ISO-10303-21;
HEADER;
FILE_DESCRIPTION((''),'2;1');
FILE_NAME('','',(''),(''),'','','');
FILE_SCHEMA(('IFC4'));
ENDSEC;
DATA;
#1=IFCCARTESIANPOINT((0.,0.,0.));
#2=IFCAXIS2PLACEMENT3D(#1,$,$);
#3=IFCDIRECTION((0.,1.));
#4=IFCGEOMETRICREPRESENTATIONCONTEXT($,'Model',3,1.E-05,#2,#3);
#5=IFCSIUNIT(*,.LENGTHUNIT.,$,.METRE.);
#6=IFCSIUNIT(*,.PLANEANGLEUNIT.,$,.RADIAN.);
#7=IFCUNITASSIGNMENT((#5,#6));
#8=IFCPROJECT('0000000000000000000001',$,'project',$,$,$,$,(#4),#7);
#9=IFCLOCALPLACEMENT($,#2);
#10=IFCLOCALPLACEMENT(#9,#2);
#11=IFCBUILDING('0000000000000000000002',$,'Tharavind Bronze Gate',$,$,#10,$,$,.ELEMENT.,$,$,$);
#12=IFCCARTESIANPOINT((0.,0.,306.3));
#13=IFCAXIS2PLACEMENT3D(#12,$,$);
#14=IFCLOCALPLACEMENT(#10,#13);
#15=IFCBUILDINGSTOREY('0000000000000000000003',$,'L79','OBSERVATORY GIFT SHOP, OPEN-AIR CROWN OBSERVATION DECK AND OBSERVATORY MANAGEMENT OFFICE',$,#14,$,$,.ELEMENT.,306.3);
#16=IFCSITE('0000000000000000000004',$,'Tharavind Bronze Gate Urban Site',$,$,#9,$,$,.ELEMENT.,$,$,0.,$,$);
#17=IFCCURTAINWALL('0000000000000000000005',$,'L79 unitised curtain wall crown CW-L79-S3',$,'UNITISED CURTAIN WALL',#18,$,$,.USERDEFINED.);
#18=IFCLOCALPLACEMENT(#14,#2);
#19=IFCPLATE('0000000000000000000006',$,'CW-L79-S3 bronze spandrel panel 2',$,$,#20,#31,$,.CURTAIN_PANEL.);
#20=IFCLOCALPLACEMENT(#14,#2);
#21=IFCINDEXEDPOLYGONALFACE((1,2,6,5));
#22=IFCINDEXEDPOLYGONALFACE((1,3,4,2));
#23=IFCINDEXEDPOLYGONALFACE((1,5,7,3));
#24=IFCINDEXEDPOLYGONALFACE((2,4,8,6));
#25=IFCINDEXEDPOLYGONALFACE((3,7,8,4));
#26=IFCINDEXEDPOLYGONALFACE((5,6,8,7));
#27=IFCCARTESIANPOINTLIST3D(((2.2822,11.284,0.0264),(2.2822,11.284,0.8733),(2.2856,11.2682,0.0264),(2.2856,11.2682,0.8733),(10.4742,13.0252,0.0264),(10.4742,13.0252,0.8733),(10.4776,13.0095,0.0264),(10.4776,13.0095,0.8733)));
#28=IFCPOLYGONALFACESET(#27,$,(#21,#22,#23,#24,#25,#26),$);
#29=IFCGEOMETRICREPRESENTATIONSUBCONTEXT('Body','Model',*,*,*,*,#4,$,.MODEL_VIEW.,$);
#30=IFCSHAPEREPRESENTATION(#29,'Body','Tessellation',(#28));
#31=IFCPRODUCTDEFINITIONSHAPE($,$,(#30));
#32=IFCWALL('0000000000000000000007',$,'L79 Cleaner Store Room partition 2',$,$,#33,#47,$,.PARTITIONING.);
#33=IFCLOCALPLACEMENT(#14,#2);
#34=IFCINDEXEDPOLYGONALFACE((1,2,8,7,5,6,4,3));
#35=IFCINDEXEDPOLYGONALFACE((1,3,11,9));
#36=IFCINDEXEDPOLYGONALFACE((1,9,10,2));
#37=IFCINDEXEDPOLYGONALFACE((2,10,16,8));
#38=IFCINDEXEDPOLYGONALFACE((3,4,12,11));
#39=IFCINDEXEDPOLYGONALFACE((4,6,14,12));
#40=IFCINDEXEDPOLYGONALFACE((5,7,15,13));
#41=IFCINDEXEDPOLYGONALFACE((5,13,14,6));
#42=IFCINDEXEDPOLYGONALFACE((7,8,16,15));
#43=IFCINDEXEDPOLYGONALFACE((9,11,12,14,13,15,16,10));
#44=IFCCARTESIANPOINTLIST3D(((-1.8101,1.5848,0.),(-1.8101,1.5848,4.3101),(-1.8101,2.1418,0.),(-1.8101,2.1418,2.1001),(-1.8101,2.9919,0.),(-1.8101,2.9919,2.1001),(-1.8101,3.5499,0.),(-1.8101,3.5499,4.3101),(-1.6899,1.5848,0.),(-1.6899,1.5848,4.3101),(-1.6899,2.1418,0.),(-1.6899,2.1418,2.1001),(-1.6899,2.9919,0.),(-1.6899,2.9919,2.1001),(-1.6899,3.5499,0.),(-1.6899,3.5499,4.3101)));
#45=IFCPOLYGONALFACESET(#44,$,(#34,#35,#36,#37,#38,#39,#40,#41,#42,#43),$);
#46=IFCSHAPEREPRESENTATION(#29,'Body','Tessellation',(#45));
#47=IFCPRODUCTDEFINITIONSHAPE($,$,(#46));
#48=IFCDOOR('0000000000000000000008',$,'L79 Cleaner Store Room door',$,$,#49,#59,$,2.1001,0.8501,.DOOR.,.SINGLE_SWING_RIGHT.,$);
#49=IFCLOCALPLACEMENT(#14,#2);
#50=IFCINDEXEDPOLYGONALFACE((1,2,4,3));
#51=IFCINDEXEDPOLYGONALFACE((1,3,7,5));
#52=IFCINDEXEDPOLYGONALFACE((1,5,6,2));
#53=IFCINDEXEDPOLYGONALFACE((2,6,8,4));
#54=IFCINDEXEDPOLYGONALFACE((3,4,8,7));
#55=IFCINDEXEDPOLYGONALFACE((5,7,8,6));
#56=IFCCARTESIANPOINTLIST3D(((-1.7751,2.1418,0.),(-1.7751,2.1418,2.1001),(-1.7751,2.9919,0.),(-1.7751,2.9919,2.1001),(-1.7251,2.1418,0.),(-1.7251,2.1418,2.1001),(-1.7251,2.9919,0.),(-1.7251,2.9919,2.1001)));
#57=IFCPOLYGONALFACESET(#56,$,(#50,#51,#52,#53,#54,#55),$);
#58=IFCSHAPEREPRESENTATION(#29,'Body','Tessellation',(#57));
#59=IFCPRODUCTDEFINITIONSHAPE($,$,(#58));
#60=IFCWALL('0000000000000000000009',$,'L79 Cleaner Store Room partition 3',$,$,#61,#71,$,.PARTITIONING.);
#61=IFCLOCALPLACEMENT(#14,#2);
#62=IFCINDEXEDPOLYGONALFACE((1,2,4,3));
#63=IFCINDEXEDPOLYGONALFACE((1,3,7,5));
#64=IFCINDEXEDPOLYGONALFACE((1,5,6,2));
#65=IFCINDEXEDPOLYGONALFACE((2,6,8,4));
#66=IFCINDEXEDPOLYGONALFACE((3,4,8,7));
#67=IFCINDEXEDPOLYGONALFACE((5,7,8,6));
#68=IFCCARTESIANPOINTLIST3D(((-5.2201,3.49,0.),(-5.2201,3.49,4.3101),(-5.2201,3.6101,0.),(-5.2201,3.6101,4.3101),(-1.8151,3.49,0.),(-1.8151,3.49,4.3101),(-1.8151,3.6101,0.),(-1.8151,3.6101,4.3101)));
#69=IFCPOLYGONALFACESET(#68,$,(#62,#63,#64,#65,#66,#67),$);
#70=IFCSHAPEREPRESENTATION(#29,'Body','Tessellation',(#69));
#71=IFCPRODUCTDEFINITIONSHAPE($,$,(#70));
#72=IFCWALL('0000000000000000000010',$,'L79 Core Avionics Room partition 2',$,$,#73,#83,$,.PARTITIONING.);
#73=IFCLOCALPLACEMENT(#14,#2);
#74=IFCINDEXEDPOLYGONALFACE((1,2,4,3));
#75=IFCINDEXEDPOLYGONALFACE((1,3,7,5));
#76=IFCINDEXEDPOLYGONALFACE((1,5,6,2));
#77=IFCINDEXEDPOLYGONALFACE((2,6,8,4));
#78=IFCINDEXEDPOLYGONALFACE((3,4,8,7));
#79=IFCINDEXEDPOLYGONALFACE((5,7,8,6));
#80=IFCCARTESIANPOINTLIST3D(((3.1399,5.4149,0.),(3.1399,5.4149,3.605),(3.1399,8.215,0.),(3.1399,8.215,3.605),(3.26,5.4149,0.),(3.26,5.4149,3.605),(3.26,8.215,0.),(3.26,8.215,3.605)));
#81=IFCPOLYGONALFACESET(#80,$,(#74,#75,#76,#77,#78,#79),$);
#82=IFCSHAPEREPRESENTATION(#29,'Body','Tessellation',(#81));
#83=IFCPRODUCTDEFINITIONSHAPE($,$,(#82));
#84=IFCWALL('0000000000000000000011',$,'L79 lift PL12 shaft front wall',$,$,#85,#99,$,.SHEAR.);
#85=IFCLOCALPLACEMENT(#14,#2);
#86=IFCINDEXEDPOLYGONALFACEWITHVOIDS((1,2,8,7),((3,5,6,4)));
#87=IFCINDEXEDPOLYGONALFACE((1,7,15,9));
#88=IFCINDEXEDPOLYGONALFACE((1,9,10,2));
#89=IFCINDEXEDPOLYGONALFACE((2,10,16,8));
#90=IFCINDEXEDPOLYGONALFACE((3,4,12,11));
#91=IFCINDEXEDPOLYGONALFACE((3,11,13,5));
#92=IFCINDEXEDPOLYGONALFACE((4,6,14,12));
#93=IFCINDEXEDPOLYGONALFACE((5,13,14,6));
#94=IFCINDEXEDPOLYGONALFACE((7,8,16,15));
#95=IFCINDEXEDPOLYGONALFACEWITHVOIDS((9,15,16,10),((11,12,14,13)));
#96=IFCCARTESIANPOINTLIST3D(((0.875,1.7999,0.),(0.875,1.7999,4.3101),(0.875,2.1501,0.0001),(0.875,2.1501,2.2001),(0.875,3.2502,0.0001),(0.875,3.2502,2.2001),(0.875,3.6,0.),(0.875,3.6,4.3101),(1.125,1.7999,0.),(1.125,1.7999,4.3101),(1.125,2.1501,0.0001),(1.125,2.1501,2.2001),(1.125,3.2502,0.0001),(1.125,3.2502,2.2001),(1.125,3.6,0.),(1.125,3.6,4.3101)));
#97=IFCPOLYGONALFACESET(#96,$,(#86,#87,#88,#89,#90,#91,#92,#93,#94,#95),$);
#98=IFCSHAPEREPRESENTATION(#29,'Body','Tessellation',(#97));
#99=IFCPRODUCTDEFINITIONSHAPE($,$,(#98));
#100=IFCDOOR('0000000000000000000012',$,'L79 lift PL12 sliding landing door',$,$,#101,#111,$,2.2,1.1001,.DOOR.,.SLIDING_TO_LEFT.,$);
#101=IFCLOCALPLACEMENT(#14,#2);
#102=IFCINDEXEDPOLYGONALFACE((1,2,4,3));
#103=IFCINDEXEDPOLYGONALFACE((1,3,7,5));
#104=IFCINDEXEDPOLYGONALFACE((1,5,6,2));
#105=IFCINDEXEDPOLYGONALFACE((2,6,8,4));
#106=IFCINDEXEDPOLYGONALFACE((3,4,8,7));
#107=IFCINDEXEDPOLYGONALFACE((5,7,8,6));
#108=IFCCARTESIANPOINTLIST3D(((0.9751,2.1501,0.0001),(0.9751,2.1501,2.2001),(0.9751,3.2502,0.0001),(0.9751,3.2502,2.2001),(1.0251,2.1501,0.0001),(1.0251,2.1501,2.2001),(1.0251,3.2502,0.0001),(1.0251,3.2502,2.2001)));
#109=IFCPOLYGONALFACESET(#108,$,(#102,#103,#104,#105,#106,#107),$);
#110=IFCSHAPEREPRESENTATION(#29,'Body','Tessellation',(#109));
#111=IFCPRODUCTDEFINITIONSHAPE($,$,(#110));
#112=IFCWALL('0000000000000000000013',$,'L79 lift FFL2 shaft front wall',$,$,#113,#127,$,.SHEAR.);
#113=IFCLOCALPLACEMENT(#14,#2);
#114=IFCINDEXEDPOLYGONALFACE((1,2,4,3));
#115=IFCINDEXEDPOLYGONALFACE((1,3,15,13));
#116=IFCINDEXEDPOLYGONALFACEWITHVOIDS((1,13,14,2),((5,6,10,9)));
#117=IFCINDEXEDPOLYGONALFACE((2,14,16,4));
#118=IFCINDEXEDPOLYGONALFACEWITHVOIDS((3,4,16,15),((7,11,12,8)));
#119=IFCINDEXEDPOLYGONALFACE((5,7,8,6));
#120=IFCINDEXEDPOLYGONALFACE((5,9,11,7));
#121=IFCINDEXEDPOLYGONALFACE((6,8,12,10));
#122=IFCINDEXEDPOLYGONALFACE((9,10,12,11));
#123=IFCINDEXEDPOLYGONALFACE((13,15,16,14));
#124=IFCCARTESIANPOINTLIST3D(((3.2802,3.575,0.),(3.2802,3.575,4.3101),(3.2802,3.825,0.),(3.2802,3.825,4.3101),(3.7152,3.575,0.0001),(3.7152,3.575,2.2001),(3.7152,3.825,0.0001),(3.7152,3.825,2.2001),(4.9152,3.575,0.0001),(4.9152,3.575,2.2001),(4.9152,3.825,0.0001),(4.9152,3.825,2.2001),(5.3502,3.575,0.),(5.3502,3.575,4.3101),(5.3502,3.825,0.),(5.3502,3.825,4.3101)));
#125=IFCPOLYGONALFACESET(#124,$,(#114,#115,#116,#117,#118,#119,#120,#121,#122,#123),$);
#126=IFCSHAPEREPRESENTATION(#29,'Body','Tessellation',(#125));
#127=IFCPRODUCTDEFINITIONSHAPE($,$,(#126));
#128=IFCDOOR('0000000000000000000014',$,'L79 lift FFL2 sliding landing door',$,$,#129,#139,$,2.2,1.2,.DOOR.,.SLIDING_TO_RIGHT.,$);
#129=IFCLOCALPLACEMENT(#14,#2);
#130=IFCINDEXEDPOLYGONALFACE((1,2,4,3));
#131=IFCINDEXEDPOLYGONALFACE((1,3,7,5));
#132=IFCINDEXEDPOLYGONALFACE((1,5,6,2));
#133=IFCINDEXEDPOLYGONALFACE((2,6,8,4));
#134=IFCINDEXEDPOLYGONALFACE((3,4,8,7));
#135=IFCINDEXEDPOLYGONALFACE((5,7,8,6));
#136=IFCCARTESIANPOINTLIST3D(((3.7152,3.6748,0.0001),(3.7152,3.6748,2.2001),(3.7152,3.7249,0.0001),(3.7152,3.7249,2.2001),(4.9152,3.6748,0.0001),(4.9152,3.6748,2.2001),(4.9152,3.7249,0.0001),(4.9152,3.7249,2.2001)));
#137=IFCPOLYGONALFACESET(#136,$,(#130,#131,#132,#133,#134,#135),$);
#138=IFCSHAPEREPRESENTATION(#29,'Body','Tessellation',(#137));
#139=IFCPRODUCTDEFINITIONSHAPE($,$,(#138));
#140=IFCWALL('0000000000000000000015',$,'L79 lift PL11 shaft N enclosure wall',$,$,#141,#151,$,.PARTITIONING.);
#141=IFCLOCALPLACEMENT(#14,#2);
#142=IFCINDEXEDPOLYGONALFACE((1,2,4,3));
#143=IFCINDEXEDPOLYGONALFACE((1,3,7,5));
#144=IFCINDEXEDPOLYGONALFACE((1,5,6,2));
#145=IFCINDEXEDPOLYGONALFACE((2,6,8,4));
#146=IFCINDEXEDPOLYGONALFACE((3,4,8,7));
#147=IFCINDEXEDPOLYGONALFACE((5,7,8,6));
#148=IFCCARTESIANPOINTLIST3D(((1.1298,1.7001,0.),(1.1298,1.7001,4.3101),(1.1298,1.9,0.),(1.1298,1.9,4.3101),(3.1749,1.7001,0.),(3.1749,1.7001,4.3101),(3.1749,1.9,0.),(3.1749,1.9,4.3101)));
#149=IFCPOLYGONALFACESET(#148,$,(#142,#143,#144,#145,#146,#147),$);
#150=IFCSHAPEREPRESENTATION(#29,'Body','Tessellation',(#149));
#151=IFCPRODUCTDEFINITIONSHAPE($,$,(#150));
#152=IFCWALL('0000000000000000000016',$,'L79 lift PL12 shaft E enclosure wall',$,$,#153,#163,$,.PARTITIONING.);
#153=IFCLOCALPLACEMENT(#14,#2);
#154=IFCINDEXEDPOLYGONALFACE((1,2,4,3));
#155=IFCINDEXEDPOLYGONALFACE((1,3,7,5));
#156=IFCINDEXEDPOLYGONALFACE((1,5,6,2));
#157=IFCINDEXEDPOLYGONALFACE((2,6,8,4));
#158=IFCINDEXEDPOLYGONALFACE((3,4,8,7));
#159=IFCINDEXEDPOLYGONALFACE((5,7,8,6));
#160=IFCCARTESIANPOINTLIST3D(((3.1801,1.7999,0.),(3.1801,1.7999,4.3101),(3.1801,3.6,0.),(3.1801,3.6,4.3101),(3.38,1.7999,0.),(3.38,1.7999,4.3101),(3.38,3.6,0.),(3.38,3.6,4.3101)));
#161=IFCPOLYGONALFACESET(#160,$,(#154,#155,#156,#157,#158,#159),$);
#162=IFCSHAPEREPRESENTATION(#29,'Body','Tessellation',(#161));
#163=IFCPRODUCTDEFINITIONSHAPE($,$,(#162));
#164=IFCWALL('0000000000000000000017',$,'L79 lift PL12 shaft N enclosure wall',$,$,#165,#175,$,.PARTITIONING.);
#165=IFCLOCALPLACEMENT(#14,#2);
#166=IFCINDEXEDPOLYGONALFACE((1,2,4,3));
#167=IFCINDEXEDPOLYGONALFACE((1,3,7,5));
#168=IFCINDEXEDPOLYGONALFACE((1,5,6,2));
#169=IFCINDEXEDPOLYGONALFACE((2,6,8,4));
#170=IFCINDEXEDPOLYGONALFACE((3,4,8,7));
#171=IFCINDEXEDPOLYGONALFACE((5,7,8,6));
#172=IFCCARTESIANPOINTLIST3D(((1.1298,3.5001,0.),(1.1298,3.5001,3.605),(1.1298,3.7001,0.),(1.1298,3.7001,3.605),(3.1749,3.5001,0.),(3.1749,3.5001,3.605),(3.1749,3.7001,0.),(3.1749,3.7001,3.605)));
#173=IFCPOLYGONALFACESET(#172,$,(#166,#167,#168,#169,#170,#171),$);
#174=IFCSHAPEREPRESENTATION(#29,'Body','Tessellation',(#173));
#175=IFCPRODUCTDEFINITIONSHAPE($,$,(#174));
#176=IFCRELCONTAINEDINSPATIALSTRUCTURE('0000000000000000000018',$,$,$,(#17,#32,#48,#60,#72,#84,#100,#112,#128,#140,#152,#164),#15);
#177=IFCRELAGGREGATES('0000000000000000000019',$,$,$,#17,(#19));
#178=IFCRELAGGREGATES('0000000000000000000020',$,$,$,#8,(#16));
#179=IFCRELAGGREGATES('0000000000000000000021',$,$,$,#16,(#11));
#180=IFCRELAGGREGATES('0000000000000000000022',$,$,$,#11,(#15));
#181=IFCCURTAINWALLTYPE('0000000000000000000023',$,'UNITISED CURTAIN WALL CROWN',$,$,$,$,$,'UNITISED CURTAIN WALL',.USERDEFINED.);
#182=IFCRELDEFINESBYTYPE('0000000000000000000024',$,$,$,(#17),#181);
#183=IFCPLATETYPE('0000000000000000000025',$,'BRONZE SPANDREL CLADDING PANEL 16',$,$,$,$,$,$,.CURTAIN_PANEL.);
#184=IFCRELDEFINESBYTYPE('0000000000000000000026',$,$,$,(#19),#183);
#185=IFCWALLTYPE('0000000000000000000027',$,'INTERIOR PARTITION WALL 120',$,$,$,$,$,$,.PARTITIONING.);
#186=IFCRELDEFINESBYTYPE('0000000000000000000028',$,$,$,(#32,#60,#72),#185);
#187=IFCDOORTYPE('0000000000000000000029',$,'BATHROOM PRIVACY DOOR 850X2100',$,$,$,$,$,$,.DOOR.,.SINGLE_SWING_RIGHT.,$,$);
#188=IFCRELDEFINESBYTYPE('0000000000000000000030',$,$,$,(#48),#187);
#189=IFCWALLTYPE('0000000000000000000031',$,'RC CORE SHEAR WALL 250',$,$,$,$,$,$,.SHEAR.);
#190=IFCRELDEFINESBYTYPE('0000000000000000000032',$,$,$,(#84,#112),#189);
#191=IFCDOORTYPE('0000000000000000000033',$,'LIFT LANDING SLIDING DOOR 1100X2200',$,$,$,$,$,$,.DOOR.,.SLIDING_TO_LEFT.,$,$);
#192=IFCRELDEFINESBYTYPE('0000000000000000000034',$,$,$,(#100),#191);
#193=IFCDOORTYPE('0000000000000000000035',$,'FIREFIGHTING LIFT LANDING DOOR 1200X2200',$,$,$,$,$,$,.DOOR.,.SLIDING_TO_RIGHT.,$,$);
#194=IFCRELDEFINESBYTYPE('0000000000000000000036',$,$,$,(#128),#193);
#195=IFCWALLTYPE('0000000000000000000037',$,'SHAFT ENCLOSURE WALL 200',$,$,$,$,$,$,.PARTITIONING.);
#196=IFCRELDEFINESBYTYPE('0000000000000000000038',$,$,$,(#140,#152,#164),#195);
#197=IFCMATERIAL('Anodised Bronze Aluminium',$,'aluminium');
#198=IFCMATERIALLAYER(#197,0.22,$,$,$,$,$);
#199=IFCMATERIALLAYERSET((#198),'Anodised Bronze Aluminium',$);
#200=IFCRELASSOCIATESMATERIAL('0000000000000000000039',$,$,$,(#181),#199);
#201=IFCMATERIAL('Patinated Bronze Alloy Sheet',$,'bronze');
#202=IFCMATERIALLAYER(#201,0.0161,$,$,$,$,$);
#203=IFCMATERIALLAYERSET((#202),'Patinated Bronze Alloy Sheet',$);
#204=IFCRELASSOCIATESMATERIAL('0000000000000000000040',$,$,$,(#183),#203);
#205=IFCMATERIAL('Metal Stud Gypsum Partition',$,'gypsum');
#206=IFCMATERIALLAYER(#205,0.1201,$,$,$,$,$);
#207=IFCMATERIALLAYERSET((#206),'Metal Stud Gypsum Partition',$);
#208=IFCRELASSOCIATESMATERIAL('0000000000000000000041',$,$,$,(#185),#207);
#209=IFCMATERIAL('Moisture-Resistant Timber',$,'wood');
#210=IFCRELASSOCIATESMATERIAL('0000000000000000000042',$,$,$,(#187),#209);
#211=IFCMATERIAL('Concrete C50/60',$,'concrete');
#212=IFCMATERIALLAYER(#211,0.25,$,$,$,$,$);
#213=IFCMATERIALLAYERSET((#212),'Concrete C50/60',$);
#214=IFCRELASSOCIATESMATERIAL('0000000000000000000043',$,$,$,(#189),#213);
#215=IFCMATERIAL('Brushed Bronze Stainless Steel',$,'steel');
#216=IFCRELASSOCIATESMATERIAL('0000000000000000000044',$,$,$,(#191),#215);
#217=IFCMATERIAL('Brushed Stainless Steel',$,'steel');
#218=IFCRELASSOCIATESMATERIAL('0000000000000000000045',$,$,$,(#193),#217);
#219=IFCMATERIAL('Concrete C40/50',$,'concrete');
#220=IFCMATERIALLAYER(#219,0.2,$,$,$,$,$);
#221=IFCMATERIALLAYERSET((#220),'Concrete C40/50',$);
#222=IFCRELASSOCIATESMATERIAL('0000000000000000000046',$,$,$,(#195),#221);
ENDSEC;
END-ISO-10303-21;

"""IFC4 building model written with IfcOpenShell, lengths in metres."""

from ifc_helpers import new_model, si_unit, direction, frame, frame_2d, origin, origin_2d, place, context, subcontext, project, spatial, rectangle, extrude, material, layer, layer_set, type_object, element, fill, aggregate, save


model = new_model("IFC4")

# Units and contexts
model_context = context("Model", 3, precision=1e-05, world=origin(), true_north=direction((0.0, 1.0)))
body_context = subcontext(model_context, "Body", "Model", "MODEL_VIEW")
ifc_project = project(units=[si_unit("LENGTHUNIT", "METRE"), si_unit("PLANEANGLEUNIT", "RADIAN")], contexts=[model_context])

# Site, building, storey
site_placement = place(None, origin())
site = spatial("IfcSite", under=ifc_project, at=site_placement, Name="Tharavind Bronze Gate Urban Site", CompositionType="ELEMENT", RefElevation=0.0)
building_placement = place(site_placement, origin())
building = spatial("IfcBuilding", under=site, at=building_placement, Name="Tharavind Bronze Gate", CompositionType="ELEMENT")
storey_placement = place(building_placement, frame((0.0, 0.0, 306.3)))
storey = spatial("IfcBuildingStorey", under=building, at=storey_placement, Name="L79", Description="OBSERVATORY GIFT SHOP, OPEN-AIR CROWN OBSERVATION DECK AND OBSERVATORY MANAGEMENT OFFICE", CompositionType="ELEMENT", Elevation=306.3)

# Shared definitions
ifc_material_1 = material(Name="Concrete C50/60", Category="concrete")

# Curtain wall
ifc_material_2 = material(Name="Anodised Bronze Aluminium", Category="aluminium")
ifc_layer_1 = layer(ifc_material_2, 0.22)
ifc_layer_set_1 = layer_set([ifc_layer_1], Name="Anodised Bronze Aluminium")
curtain_wall_type = type_object("IfcCurtainWallType", Name="UNITISED CURTAIN WALL CROWN", ElementType="UNITISED CURTAIN WALL", PredefinedType="USERDEFINED", material=ifc_layer_set_1)
curtain_wall_placement = place(storey_placement, origin())
curtain_wall = element("IfcCurtainWall", 1, at=curtain_wall_placement, inside=storey, type_object=curtain_wall_type, Name="L79 unitised curtain wall crown CW-L79-S3", ObjectType="UNITISED CURTAIN WALL", PredefinedType="USERDEFINED")

# Plate
ifc_material_3 = material(Name="Patinated Bronze Alloy Sheet", Category="bronze")
ifc_layer_2 = layer(ifc_material_3, 0.0161)
ifc_layer_set_2 = layer_set([ifc_layer_2], Name="Patinated Bronze Alloy Sheet")
plate_type = type_object("IfcPlateType", Name="BRONZE SPANDREL CLADDING PANEL 16", PredefinedType="CURTAIN_PANEL", material=ifc_layer_set_2)
plate_placement = place(storey_placement, frame((6.3799, 12.1467, 0.0264), z_axis=(0.0, 0.0, 1.0), x_axis=(-0.978148, -0.207912, 0.0)))
plate = element("IfcPlate", 2, at=plate_placement, type_object=plate_type, Name="CW-L79-S3 bronze spandrel panel 2", PredefinedType="CURTAIN_PANEL", context=body_context, shape_type="SweptSolid", body=[
    extrude(rectangle(XDim=8.375, YDim=0.0161, at=origin_2d()), origin(), (0.0, 0.0, 1.0), 0.8469),
])
aggregate(curtain_wall, [plate])

# Wall, opening, door
ifc_material_4 = material(Name="Metal Stud Gypsum Partition", Category="gypsum")
ifc_layer_3 = layer(ifc_material_4, 0.1201)
ifc_layer_set_3 = layer_set([ifc_layer_3], Name="Metal Stud Gypsum Partition")
wall_type_1 = type_object("IfcWallType", Name="INTERIOR PARTITION WALL 120", PredefinedType="PARTITIONING", material=ifc_layer_set_3)
wall_1_placement = place(storey_placement, frame((-1.75, 1.585, 0.0), z_axis=(0.0, 0.0, 1.0), x_axis=(0.0, 1.0, 0.0)))
wall_1 = element("IfcWall", 3, at=wall_1_placement, inside=storey, type_object=wall_type_1, Name="L79 Cleaner Store Room partition 2", PredefinedType="PARTITIONING", context=body_context, shape_type="SweptSolid", body=[
    extrude(rectangle(XDim=1.9651, YDim=0.1201, at=frame_2d((0.9824, 0.0))), origin(), (0.0, 0.0, 1.0), 4.3101),
])
opening_1_placement = place(wall_1_placement, frame((0.5569, 0.0, 0.0)))
opening_1 = element("IfcOpeningElement", 4, at=opening_1_placement, cuts=wall_1, PredefinedType="OPENING", context=body_context, shape_type="SweptSolid", body=[
    extrude(rectangle(XDim=0.8501, YDim=2.1001, at=frame_2d((0.425, 1.05))), frame((0.0, 0.0701, 0.0), z_axis=(0.0, -1.0, 0.0), x_axis=(1.0, 0.0, 0.0)), (0.0, 0.0, 1.0), 0.1401),
])
ifc_material_5 = material(Name="Moisture-Resistant Timber", Category="wood")
door_type_1 = type_object("IfcDoorType", Name="BATHROOM PRIVACY DOOR 850X2100", OperationType="SINGLE_SWING_RIGHT", PredefinedType="DOOR", material=ifc_material_5)
door_1_placement = place(opening_1_placement, frame((0.8501, 0.0, 0.0), z_axis=(0.0, 0.0, 1.0), x_axis=(-1.0, 0.0, 0.0)))
door_1 = element("IfcDoor", 5, at=door_1_placement, inside=storey, type_object=door_type_1, Name="L79 Cleaner Store Room door", OperationType="SINGLE_SWING_RIGHT", OverallHeight=2.1001, OverallWidth=0.8501, PredefinedType="DOOR", context=body_context, shape_type="SweptSolid", body=[
    extrude(rectangle(XDim=0.8501, YDim=2.1001, at=frame_2d((0.425, 1.05))), frame((0.0, 0.0249, 0.0), z_axis=(0.0, -1.0, 0.0), x_axis=(1.0, 0.0, 0.0)), (0.0, 0.0, 1.0), 0.05),
])
fill(opening_1, door_1)

# Walls
wall_2_placement = place(storey_placement, frame((-1.8149, 3.55, 0.0), z_axis=(0.0, 0.0, 1.0), x_axis=(-1.0, 0.0, 0.0)))
element("IfcWall", 6, at=wall_2_placement, inside=storey, type_object=wall_type_1, Name="L79 Cleaner Store Room partition 3", PredefinedType="PARTITIONING", context=body_context, shape_type="SweptSolid", body=[
    extrude(rectangle(XDim=3.405, YDim=0.1201, at=frame_2d((1.7026, 0.0))), origin(), (0.0, 0.0, 1.0), 4.3101),
])
wall_3_placement = place(storey_placement, frame((3.2, 5.415, 0.0), z_axis=(0.0, 0.0, 1.0), x_axis=(0.0, 1.0, 0.0)))
element("IfcWall", 7, at=wall_3_placement, inside=storey, type_object=wall_type_1, Name="L79 Core Avionics Room partition 2", PredefinedType="PARTITIONING", context=body_context, shape_type="SweptSolid", body=[
    extrude(rectangle(XDim=2.8, YDim=0.1201, at=frame_2d((1.3999, 0.0))), origin(), (0.0, 0.0, 1.0), 3.605),
])

# Walls, openings, doors
ifc_layer_4 = layer(ifc_material_1, 0.25)
ifc_layer_set_4 = layer_set([ifc_layer_4], Name="Concrete C50/60")
wall_type_2 = type_object("IfcWallType", Name="RC CORE SHEAR WALL 250", PredefinedType="SHEAR", material=ifc_layer_set_4)
wall_4_placement = place(storey_placement, frame((1.0, 1.8, 0.0), z_axis=(0.0, 0.0, 1.0), x_axis=(0.0, 1.0, 0.0)))
wall_4 = element("IfcWall", 8, at=wall_4_placement, inside=storey, type_object=wall_type_2, Name="L79 lift PL12 shaft front wall", PredefinedType="SHEAR", context=body_context, shape_type="SweptSolid", body=[
    extrude(rectangle(XDim=1.8, YDim=0.25, at=frame_2d((0.8999, 0.0))), origin(), (0.0, 0.0, 1.0), 4.3101),
])
opening_2_placement = place(wall_4_placement, frame((0.3501, 0.0, 0.0)))
opening_2 = element("IfcOpeningElement", 9, at=opening_2_placement, cuts=wall_4, PredefinedType="OPENING", context=body_context, shape_type="SweptSolid", body=[
    extrude(rectangle(XDim=1.1001, YDim=2.2, at=frame_2d((0.55, 1.1001))), frame((0.0, 0.135, 0.0), z_axis=(0.0, -1.0, 0.0), x_axis=(1.0, 0.0, 0.0)), (0.0, 0.0, 1.0), 0.27),
])
ifc_material_6 = material(Name="Brushed Bronze Stainless Steel", Category="steel")
door_type_2 = type_object("IfcDoorType", Name="LIFT LANDING SLIDING DOOR 1100X2200", OperationType="SLIDING_TO_LEFT", PredefinedType="DOOR", material=ifc_material_6)
door_2_placement = place(opening_2_placement, origin())
door_2 = element("IfcDoor", 10, at=door_2_placement, inside=storey, type_object=door_type_2, Name="L79 lift PL12 sliding landing door", OperationType="SLIDING_TO_LEFT", OverallHeight=2.2, OverallWidth=1.1001, PredefinedType="DOOR", context=body_context, shape_type="SweptSolid", body=[
    extrude(rectangle(XDim=1.1001, YDim=2.2, at=frame_2d((0.55, 1.1001))), frame((0.0, 0.0249, 0.0), z_axis=(0.0, -1.0, 0.0), x_axis=(1.0, 0.0, 0.0)), (0.0, 0.0, 1.0), 0.05),
])
fill(opening_2, door_2)
wall_5_placement = place(storey_placement, frame((3.28, 3.7, 0.0), z_axis=(0.0, 0.0, 1.0), x_axis=(1.0, 0.0, 0.0)))
wall_5 = element("IfcWall", 11, at=wall_5_placement, inside=storey, type_object=wall_type_2, Name="L79 lift FFL2 shaft front wall", PredefinedType="SHEAR", context=body_context, shape_type="SweptSolid", body=[
    extrude(rectangle(XDim=2.0701, YDim=0.25, at=frame_2d((1.0352, 0.0))), origin(), (0.0, 0.0, 1.0), 4.3101),
])
opening_3_placement = place(wall_5_placement, frame((0.4351, 0.0, 0.0)))
opening_3 = element("IfcOpeningElement", 12, at=opening_3_placement, cuts=wall_5, PredefinedType="OPENING", context=body_context, shape_type="SweptSolid", body=[
    extrude(rectangle(XDim=1.2, YDim=2.2, at=frame_2d((0.6001, 1.1001))), frame((0.0, 0.135, 0.0), z_axis=(0.0, -1.0, 0.0), x_axis=(1.0, 0.0, 0.0)), (0.0, 0.0, 1.0), 0.27),
])
ifc_material_7 = material(Name="Brushed Stainless Steel", Category="steel")
door_type_3 = type_object("IfcDoorType", Name="FIREFIGHTING LIFT LANDING DOOR 1200X2200", OperationType="SLIDING_TO_RIGHT", PredefinedType="DOOR", material=ifc_material_7)
door_3_placement = place(opening_3_placement, origin())
door_3 = element("IfcDoor", 13, at=door_3_placement, inside=storey, type_object=door_type_3, Name="L79 lift FFL2 sliding landing door", OperationType="SLIDING_TO_RIGHT", OverallHeight=2.2, OverallWidth=1.2, PredefinedType="DOOR", context=body_context, shape_type="SweptSolid", body=[
    extrude(rectangle(XDim=1.2, YDim=2.2, at=frame_2d((0.6001, 1.1001))), frame((0.0, 0.0249, 0.0), z_axis=(0.0, -1.0, 0.0), x_axis=(1.0, 0.0, 0.0)), (0.0, 0.0, 1.0), 0.05),
])
fill(opening_3, door_3)

# Walls
ifc_material_8 = material(Name="Concrete C40/50", Category="concrete")
ifc_layer_5 = layer(ifc_material_8, 0.2)
ifc_layer_set_5 = layer_set([ifc_layer_5], Name="Concrete C40/50")
wall_type_3 = type_object("IfcWallType", Name="SHAFT ENCLOSURE WALL 200", PredefinedType="PARTITIONING", material=ifc_layer_set_5)
wall_6_placement = place(storey_placement, frame((1.1299, 1.8, 0.0), z_axis=(0.0, 0.0, 1.0), x_axis=(1.0, 0.0, 0.0)))
element("IfcWall", 14, at=wall_6_placement, inside=storey, type_object=wall_type_3, Name="L79 lift PL11 shaft N enclosure wall", PredefinedType="PARTITIONING", context=body_context, shape_type="SweptSolid", body=[
    extrude(rectangle(XDim=2.0452, YDim=0.2, at=frame_2d((1.0225, 0.0))), origin(), (0.0, 0.0, 1.0), 4.3101),
])
wall_7_placement = place(storey_placement, frame((3.28, 1.8, 0.0), z_axis=(0.0, 0.0, 1.0), x_axis=(0.0, 1.0, 0.0)))
element("IfcWall", 15, at=wall_7_placement, inside=storey, type_object=wall_type_3, Name="L79 lift PL12 shaft E enclosure wall", PredefinedType="PARTITIONING", context=body_context, shape_type="SweptSolid", body=[
    extrude(rectangle(XDim=1.8, YDim=0.2, at=frame_2d((0.8999, 0.0))), origin(), (0.0, 0.0, 1.0), 4.3101),
])
wall_8_placement = place(storey_placement, frame((1.1299, 3.6001, 0.0), z_axis=(0.0, 0.0, 1.0), x_axis=(1.0, 0.0, 0.0)))
element("IfcWall", 16, at=wall_8_placement, inside=storey, type_object=wall_type_3, Name="L79 lift PL12 shaft N enclosure wall", PredefinedType="PARTITIONING", context=body_context, shape_type="SweptSolid", body=[
    extrude(rectangle(XDim=2.0452, YDim=0.2, at=frame_2d((1.0225, 0.0))), origin(), (0.0, 0.0, 1.0), 3.605),
])

save(model, "model.ifc")
